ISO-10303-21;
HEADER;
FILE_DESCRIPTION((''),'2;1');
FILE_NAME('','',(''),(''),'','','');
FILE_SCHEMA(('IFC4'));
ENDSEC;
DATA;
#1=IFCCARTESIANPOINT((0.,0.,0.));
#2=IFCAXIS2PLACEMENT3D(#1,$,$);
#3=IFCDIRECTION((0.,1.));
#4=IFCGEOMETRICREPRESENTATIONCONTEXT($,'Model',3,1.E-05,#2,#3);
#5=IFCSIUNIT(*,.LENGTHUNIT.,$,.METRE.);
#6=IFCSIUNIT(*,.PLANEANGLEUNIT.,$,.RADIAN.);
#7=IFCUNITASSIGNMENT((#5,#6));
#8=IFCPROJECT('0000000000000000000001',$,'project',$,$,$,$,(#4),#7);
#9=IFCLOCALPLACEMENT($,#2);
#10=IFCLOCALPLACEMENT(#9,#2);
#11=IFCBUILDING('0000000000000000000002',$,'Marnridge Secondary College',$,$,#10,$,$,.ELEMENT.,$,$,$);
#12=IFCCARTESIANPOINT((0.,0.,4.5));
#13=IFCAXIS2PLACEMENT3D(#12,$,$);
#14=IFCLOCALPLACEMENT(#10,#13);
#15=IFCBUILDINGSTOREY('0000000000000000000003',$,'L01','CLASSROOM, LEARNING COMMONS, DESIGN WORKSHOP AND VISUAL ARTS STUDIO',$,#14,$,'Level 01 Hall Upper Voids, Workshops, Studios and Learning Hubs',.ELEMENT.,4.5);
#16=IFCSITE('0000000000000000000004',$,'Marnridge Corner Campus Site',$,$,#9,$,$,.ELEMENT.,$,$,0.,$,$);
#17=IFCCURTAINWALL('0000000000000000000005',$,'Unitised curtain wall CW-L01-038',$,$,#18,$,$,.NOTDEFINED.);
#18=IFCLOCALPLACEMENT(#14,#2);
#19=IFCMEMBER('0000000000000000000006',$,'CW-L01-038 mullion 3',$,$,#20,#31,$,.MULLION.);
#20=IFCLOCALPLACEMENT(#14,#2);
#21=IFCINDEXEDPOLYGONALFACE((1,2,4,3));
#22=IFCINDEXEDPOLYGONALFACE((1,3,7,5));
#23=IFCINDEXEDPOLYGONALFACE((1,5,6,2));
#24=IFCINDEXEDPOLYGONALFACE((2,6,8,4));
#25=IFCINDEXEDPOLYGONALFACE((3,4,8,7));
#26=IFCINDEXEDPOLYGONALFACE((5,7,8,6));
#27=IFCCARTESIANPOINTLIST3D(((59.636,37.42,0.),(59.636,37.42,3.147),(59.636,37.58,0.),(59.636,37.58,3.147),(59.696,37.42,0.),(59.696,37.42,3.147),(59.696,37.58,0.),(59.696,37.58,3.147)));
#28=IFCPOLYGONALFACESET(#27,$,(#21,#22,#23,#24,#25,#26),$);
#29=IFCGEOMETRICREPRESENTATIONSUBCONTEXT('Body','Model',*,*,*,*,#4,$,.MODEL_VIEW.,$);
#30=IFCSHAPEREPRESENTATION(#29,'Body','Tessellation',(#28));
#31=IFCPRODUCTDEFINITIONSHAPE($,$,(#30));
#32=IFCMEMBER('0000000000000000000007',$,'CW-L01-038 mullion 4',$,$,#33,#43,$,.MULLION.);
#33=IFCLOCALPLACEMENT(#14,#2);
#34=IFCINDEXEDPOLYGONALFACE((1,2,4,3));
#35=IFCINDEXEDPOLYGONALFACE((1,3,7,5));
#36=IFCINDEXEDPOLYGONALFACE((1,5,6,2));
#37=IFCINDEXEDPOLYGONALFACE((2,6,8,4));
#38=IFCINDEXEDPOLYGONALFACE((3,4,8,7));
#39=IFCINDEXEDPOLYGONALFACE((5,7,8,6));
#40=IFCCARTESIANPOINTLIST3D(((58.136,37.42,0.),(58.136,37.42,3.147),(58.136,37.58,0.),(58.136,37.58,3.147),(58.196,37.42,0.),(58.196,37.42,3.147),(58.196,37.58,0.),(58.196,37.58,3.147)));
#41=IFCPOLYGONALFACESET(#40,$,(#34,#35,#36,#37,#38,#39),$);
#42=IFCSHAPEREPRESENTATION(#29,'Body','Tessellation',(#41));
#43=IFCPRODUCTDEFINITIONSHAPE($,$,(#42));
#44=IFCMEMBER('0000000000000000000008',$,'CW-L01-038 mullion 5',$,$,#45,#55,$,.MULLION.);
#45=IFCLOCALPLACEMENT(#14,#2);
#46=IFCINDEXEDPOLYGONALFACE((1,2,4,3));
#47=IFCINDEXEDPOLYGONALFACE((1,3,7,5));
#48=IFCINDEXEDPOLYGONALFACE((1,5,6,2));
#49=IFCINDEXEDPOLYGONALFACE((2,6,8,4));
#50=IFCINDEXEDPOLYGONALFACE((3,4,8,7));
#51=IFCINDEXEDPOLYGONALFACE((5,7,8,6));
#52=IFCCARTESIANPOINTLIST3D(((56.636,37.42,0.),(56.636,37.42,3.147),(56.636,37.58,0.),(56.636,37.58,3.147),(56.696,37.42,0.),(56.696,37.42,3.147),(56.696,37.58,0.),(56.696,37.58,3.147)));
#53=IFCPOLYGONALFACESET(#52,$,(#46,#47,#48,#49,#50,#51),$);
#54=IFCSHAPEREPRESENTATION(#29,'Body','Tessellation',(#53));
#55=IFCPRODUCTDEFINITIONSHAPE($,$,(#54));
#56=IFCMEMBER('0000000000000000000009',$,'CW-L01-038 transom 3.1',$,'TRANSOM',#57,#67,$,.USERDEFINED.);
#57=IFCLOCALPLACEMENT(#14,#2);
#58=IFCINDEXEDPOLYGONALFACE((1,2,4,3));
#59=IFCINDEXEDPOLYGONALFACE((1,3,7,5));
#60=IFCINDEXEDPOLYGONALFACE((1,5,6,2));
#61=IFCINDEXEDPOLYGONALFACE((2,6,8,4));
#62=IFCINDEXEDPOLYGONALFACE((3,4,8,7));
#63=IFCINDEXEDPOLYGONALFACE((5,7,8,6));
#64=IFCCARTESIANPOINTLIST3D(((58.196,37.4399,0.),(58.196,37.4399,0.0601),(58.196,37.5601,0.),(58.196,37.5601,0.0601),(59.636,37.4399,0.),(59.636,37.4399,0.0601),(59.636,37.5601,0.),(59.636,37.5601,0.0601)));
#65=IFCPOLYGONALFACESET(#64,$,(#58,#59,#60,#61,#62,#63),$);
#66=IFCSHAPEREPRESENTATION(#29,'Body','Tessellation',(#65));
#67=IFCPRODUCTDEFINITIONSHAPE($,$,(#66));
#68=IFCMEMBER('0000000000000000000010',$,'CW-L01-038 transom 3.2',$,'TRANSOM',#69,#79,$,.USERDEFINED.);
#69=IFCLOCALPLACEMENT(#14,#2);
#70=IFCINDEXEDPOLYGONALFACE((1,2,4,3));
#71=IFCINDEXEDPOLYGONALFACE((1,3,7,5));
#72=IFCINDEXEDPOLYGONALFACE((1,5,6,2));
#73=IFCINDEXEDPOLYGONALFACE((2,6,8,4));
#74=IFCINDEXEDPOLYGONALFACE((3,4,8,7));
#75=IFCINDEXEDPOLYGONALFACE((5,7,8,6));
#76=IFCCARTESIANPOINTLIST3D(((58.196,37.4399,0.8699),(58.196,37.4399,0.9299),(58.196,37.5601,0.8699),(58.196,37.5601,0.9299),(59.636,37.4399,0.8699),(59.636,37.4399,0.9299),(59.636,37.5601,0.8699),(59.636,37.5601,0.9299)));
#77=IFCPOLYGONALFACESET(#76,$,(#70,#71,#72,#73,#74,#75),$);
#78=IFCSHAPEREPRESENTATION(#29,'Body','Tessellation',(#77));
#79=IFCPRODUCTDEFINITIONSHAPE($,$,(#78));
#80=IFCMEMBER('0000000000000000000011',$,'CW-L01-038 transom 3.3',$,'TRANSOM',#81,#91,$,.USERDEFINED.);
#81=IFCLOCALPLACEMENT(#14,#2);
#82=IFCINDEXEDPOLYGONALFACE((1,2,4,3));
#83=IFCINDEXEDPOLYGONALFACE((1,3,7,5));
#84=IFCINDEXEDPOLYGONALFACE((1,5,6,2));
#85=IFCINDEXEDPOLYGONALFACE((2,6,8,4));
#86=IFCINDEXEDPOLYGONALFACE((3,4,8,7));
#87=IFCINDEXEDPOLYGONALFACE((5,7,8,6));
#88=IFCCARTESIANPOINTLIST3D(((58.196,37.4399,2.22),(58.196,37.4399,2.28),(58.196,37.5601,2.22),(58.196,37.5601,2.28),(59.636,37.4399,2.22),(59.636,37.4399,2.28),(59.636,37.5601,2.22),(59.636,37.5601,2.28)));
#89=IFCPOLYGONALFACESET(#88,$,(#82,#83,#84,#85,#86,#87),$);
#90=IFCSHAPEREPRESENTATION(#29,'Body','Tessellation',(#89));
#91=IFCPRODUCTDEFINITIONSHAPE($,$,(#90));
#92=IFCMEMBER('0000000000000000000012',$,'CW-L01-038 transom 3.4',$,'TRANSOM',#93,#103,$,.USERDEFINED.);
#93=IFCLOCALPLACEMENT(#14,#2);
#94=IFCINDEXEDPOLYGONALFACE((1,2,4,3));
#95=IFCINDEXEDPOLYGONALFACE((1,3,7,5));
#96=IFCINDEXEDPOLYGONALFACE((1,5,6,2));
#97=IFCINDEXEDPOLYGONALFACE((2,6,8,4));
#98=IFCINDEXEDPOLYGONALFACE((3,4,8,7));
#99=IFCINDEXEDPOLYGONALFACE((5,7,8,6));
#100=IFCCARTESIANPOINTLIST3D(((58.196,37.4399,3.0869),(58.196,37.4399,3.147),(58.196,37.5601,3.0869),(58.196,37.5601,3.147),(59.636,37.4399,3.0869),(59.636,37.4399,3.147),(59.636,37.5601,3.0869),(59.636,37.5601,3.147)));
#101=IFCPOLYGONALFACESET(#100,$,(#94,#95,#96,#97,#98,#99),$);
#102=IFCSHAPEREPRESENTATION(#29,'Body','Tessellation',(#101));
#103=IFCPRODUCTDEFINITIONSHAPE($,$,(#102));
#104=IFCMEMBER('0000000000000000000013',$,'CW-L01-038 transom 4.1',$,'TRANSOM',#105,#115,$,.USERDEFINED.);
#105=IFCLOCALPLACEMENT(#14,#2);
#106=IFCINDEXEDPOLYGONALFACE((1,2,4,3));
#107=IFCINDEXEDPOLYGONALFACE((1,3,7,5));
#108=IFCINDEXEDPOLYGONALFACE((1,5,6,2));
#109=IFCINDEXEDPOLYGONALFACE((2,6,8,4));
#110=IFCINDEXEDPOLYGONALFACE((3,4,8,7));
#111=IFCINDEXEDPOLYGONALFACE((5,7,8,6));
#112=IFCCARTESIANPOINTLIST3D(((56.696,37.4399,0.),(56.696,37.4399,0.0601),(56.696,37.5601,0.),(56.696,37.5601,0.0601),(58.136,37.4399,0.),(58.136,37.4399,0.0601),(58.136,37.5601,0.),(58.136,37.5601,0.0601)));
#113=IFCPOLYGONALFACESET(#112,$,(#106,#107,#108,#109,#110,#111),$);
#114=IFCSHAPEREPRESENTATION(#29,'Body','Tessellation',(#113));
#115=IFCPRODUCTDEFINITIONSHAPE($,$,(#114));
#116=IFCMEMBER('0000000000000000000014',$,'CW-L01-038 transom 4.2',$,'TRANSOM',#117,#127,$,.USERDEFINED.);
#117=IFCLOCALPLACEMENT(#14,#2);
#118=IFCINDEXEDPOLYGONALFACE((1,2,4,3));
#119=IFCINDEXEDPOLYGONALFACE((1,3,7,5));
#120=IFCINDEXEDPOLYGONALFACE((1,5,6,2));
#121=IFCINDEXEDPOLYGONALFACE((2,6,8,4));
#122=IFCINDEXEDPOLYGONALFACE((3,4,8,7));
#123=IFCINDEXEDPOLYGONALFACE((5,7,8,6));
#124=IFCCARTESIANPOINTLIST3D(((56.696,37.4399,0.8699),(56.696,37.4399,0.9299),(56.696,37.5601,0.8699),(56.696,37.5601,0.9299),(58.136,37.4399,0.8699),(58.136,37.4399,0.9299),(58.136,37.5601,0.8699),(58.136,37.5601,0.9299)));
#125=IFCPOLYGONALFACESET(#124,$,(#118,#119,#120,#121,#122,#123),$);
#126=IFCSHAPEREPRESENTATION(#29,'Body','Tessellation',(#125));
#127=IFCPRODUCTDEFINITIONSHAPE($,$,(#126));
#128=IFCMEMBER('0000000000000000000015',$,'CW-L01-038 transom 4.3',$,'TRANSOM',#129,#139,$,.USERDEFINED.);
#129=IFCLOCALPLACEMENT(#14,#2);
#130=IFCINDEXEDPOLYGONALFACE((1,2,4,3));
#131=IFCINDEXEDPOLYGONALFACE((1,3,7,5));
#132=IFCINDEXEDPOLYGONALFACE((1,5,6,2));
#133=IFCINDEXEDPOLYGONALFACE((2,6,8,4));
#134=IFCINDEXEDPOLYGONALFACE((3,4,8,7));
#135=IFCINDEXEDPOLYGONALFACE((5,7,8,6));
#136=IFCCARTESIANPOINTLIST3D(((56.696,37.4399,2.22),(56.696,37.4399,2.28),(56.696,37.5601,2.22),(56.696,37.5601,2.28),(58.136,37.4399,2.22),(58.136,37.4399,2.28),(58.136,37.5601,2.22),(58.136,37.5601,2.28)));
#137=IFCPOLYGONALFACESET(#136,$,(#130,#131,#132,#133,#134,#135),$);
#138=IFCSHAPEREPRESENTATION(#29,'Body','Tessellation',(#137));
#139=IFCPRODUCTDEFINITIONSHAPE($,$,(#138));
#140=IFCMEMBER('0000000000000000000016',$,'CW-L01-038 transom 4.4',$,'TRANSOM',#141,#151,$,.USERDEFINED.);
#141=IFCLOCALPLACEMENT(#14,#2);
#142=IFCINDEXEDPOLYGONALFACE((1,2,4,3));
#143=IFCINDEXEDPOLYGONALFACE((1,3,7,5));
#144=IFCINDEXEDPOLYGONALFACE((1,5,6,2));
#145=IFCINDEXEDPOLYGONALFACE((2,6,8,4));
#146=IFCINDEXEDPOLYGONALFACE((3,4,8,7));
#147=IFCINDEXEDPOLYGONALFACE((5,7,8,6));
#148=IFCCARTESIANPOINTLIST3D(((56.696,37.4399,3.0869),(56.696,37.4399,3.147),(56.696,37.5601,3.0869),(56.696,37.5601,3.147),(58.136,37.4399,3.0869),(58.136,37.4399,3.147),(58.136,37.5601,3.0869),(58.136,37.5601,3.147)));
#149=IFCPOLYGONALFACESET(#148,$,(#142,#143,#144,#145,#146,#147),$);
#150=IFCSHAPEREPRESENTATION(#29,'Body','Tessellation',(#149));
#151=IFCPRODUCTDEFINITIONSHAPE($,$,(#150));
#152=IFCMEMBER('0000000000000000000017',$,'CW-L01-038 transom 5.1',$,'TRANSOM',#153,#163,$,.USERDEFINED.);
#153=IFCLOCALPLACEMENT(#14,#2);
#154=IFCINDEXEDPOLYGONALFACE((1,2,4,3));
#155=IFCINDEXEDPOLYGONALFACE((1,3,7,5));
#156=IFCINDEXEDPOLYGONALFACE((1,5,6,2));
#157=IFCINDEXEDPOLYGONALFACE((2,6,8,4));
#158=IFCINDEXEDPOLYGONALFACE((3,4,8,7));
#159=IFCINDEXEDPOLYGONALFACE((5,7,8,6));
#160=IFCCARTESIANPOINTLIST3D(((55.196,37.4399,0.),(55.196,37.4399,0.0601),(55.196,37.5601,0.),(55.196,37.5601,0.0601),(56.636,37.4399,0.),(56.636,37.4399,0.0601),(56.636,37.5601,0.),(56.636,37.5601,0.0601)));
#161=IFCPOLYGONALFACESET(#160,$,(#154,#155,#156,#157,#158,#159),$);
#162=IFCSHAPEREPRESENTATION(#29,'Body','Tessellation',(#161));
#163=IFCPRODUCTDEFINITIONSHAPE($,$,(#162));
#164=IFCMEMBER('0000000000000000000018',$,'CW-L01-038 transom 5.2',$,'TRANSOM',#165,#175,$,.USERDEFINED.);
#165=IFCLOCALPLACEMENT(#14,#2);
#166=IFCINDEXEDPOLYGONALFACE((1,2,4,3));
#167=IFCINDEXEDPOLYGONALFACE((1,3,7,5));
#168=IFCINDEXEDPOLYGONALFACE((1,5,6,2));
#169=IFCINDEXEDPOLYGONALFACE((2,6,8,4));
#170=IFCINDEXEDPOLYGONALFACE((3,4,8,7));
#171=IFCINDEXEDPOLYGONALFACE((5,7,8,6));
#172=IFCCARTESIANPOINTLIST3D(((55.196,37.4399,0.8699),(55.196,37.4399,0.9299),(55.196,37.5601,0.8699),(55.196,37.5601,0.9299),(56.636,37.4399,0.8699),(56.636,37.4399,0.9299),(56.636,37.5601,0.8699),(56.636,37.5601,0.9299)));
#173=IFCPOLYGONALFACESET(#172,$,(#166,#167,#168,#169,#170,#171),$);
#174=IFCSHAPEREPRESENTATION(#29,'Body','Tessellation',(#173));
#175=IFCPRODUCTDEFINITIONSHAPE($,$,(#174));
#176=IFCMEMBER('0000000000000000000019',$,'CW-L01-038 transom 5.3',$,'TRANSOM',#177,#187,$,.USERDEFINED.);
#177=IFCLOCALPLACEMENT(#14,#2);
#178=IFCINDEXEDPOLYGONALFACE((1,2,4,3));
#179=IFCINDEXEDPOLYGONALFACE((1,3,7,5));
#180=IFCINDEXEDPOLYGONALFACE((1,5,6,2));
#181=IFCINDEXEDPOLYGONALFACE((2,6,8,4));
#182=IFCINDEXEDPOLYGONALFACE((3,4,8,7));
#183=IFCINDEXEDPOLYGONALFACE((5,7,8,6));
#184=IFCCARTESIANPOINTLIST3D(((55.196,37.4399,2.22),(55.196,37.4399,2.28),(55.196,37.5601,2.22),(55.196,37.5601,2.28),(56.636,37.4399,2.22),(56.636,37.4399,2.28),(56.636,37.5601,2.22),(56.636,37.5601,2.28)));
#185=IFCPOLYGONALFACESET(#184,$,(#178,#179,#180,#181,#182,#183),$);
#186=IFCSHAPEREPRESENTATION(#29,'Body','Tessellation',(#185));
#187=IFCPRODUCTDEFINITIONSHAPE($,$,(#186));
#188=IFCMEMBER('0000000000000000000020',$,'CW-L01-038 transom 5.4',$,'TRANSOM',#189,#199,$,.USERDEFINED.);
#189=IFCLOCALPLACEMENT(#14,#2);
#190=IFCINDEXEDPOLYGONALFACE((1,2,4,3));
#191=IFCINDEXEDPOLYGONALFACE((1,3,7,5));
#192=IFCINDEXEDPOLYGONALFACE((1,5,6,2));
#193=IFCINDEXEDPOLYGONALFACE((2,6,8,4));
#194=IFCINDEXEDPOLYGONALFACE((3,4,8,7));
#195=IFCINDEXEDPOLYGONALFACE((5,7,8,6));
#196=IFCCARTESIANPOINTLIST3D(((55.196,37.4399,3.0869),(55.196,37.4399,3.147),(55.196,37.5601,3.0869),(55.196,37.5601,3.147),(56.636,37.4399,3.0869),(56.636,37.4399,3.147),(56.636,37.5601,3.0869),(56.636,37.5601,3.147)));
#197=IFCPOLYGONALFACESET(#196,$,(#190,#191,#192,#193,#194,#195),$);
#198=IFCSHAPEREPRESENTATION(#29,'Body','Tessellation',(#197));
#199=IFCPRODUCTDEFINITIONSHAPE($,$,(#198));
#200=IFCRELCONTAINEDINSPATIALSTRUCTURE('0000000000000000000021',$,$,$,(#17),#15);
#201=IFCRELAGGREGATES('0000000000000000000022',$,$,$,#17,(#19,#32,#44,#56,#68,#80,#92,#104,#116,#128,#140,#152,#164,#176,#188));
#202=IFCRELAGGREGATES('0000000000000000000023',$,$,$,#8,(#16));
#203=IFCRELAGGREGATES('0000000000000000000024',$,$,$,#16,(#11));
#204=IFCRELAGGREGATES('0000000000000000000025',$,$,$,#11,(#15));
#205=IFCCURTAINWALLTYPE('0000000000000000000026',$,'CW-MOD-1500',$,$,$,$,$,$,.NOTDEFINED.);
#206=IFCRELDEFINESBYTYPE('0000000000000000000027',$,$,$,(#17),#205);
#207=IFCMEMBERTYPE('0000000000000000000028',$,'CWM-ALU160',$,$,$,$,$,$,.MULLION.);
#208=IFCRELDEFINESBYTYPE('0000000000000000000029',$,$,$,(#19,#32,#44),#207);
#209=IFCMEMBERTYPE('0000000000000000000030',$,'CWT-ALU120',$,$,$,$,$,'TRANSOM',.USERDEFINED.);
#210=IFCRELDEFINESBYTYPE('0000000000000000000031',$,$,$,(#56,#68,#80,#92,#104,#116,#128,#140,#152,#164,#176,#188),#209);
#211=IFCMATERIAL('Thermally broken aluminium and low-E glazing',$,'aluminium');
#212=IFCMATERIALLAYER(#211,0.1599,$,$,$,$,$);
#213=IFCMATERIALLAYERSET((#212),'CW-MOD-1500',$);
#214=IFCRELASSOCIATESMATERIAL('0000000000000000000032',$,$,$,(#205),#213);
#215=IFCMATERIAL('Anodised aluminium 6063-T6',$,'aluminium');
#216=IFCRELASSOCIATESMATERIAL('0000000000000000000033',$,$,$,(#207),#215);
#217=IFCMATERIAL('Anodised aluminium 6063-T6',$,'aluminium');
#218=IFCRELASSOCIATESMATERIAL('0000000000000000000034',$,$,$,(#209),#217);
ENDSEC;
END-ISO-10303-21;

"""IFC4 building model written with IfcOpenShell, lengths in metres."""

from ifc_helpers import new_model, si_unit, direction, frame, origin, origin_2d, place, context, subcontext, project, spatial, rectangle, extrude, material, layer, layer_set, material_profile, profile_set, type_object, element, aggregate, save


model = new_model("IFC4")

# Units and contexts
model_context = context("Model", 3, precision=1e-05, world=origin(), true_north=direction((0.0, 1.0)))
body_context = subcontext(model_context, "Body", "Model", "MODEL_VIEW")
ifc_project = project(units=[si_unit("LENGTHUNIT", "METRE"), si_unit("PLANEANGLEUNIT", "RADIAN")], contexts=[model_context])

# Site, building, storey
site_placement = place(None, origin())
site = spatial("IfcSite", under=ifc_project, at=site_placement, Name="Marnridge Corner Campus Site", CompositionType="ELEMENT", RefElevation=0.0)
building_placement = place(site_placement, origin())
building = spatial("IfcBuilding", under=site, at=building_placement, Name="Marnridge Secondary College", CompositionType="ELEMENT")
storey_placement = place(building_placement, frame((0.0, 0.0, 4.5)))
storey = spatial("IfcBuildingStorey", under=building, at=storey_placement, Name="L01", Description="CLASSROOM, LEARNING COMMONS, DESIGN WORKSHOP AND VISUAL ARTS STUDIO", LongName="Level 01 Hall Upper Voids, Workshops, Studios and Learning Hubs", CompositionType="ELEMENT", Elevation=4.5)

# Curtain wall, members
ifc_material_1 = material(Name="Thermally broken aluminium and low-E glazing", Category="aluminium")
ifc_layer_1 = layer(ifc_material_1, 0.1599)
ifc_layer_set_1 = layer_set([ifc_layer_1], Name="CW-MOD-1500")
curtain_wall_type = type_object("IfcCurtainWallType", Name="CW-MOD-1500", PredefinedType="NOTDEFINED", material=ifc_layer_set_1)
curtain_wall_placement = place(storey_placement, origin())
curtain_wall = element("IfcCurtainWall", 1, at=curtain_wall_placement, inside=storey, type_object=curtain_wall_type, Name="Unitised curtain wall CW-L01-038", PredefinedType="NOTDEFINED")
ifc_material_2 = material(Name="Anodised aluminium 6063-T6", Category="aluminium")
ifc_material_profile_1 = material_profile(ifc_material_2, rectangle(XDim=0.0601, YDim=0.1599, at=origin_2d()), Name="ALU 60x160")
ifc_profile_set_1 = profile_set([ifc_material_profile_1], Name="Anodised aluminium 6063-T6")
member_type_1 = type_object("IfcMemberType", Name="CWM-ALU160", PredefinedType="MULLION", material=ifc_profile_set_1)
member_1_placement = place(storey_placement, frame((59.666, 37.5, 0.0), z_axis=(0.0, 0.0, 1.0), x_axis=(-1.0, 0.0, 0.0)))
member_1 = element("IfcMember", 2, at=member_1_placement, type_object=member_type_1, Name="CW-L01-038 mullion 3", PredefinedType="MULLION", context=body_context, shape_type="SweptSolid", body=[
    extrude(rectangle(XDim=0.0601, YDim=0.1599, at=origin_2d()), origin(), (0.0, 0.0, 1.0), 3.147),
])
member_2_placement = place(storey_placement, frame((58.166, 37.5, 0.0), z_axis=(0.0, 0.0, 1.0), x_axis=(-1.0, 0.0, 0.0)))
member_2 = element("IfcMember", 3, at=member_2_placement, type_object=member_type_1, Name="CW-L01-038 mullion 4", PredefinedType="MULLION", context=body_context, shape_type="SweptSolid", body=[
    extrude(rectangle(XDim=0.0601, YDim=0.1599, at=origin_2d()), origin(), (0.0, 0.0, 1.0), 3.147),
])
member_3_placement = place(storey_placement, frame((56.666, 37.5, 0.0), z_axis=(0.0, 0.0, 1.0), x_axis=(-1.0, 0.0, 0.0)))
member_3 = element("IfcMember", 4, at=member_3_placement, type_object=member_type_1, Name="CW-L01-038 mullion 5", PredefinedType="MULLION", context=body_context, shape_type="SweptSolid", body=[
    extrude(rectangle(XDim=0.0601, YDim=0.1599, at=origin_2d()), origin(), (0.0, 0.0, 1.0), 3.147),
])
ifc_material_3 = material(Name="Anodised aluminium 6063-T6", Category="aluminium")
ifc_material_profile_2 = material_profile(ifc_material_3, rectangle(XDim=0.0601, YDim=0.1201, at=origin_2d()), Name="ALU 60x120")
ifc_profile_set_2 = profile_set([ifc_material_profile_2], Name="Anodised aluminium 6063-T6")
member_type_2 = type_object("IfcMemberType", Name="CWT-ALU120", ElementType="TRANSOM", PredefinedType="USERDEFINED", material=ifc_profile_set_2)
member_4_placement = place(storey_placement, frame((59.636, 37.5, 0.03), z_axis=(-1.0, 0.0, 0.0), x_axis=(0.0, 0.0, 1.0)))
member_4 = element("IfcMember", 5, at=member_4_placement, type_object=member_type_2, Name="CW-L01-038 transom 3.1", ObjectType="TRANSOM", PredefinedType="USERDEFINED", context=body_context, shape_type="SweptSolid", body=[
    extrude(rectangle(XDim=0.0601, YDim=0.1201, at=origin_2d()), origin(), (0.0, 0.0, 1.0), 1.4399),
])
member_5_placement = place(storey_placement, frame((59.636, 37.5, 0.8999), z_axis=(-1.0, 0.0, 0.0), x_axis=(0.0, 0.0, 1.0)))
member_5 = element("IfcMember", 6, at=member_5_placement, type_object=member_type_2, Name="CW-L01-038 transom 3.2", ObjectType="TRANSOM", PredefinedType="USERDEFINED", context=body_context, shape_type="SweptSolid", body=[
    extrude(rectangle(XDim=0.0601, YDim=0.1201, at=origin_2d()), origin(), (0.0, 0.0, 1.0), 1.4399),
])
member_6_placement = place(storey_placement, frame((59.636, 37.5, 2.25), z_axis=(-1.0, 0.0, 0.0), x_axis=(0.0, 0.0, 1.0)))
member_6 = element("IfcMember", 7, at=member_6_placement, type_object=member_type_2, Name="CW-L01-038 transom 3.3", ObjectType="TRANSOM", PredefinedType="USERDEFINED", context=body_context, shape_type="SweptSolid", body=[
    extrude(rectangle(XDim=0.0601, YDim=0.1201, at=origin_2d()), origin(), (0.0, 0.0, 1.0), 1.4399),
])
member_7_placement = place(storey_placement, frame((59.636, 37.5, 3.1169), z_axis=(-1.0, 0.0, 0.0), x_axis=(0.0, 0.0, 1.0)))
member_7 = element("IfcMember", 8, at=member_7_placement, type_object=member_type_2, Name="CW-L01-038 transom 3.4", ObjectType="TRANSOM", PredefinedType="USERDEFINED", context=body_context, shape_type="SweptSolid", body=[
    extrude(rectangle(XDim=0.0601, YDim=0.1201, at=origin_2d()), origin(), (0.0, 0.0, 1.0), 1.4399),
])
member_8_placement = place(storey_placement, frame((58.136, 37.5, 0.03), z_axis=(-1.0, 0.0, 0.0), x_axis=(0.0, 0.0, 1.0)))
member_8 = element("IfcMember", 9, at=member_8_placement, type_object=member_type_2, Name="CW-L01-038 transom 4.1", ObjectType="TRANSOM", PredefinedType="USERDEFINED", context=body_context, shape_type="SweptSolid", body=[
    extrude(rectangle(XDim=0.0601, YDim=0.1201, at=origin_2d()), origin(), (0.0, 0.0, 1.0), 1.4399),
])
member_9_placement = place(storey_placement, frame((58.136, 37.5, 0.8999), z_axis=(-1.0, 0.0, 0.0), x_axis=(0.0, 0.0, 1.0)))
member_9 = element("IfcMember", 10, at=member_9_placement, type_object=member_type_2, Name="CW-L01-038 transom 4.2", ObjectType="TRANSOM", PredefinedType="USERDEFINED", context=body_context, shape_type="SweptSolid", body=[
    extrude(rectangle(XDim=0.0601, YDim=0.1201, at=origin_2d()), origin(), (0.0, 0.0, 1.0), 1.4399),
])
member_10_placement = place(storey_placement, frame((58.136, 37.5, 2.25), z_axis=(-1.0, 0.0, 0.0), x_axis=(0.0, 0.0, 1.0)))
member_10 = element("IfcMember", 11, at=member_10_placement, type_object=member_type_2, Name="CW-L01-038 transom 4.3", ObjectType="TRANSOM", PredefinedType="USERDEFINED", context=body_context, shape_type="SweptSolid", body=[
    extrude(rectangle(XDim=0.0601, YDim=0.1201, at=origin_2d()), origin(), (0.0, 0.0, 1.0), 1.4399),
])
member_11_placement = place(storey_placement, frame((58.136, 37.5, 3.1169), z_axis=(-1.0, 0.0, 0.0), x_axis=(0.0, 0.0, 1.0)))
member_11 = element("IfcMember", 12, at=member_11_placement, type_object=member_type_2, Name="CW-L01-038 transom 4.4", ObjectType="TRANSOM", PredefinedType="USERDEFINED", context=body_context, shape_type="SweptSolid", body=[
    extrude(rectangle(XDim=0.0601, YDim=0.1201, at=origin_2d()), origin(), (0.0, 0.0, 1.0), 1.4399),
])
member_12_placement = place(storey_placement, frame((56.636, 37.5, 0.03), z_axis=(-1.0, 0.0, 0.0), x_axis=(0.0, 0.0, 1.0)))
member_12 = element("IfcMember", 13, at=member_12_placement, type_object=member_type_2, Name="CW-L01-038 transom 5.1", ObjectType="TRANSOM", PredefinedType="USERDEFINED", context=body_context, shape_type="SweptSolid", body=[
    extrude(rectangle(XDim=0.0601, YDim=0.1201, at=origin_2d()), origin(), (0.0, 0.0, 1.0), 1.4399),
])
member_13_placement = place(storey_placement, frame((56.636, 37.5, 0.8999), z_axis=(-1.0, 0.0, 0.0), x_axis=(0.0, 0.0, 1.0)))
member_13 = element("IfcMember", 14, at=member_13_placement, type_object=member_type_2, Name="CW-L01-038 transom 5.2", ObjectType="TRANSOM", PredefinedType="USERDEFINED", context=body_context, shape_type="SweptSolid", body=[
    extrude(rectangle(XDim=0.0601, YDim=0.1201, at=origin_2d()), origin(), (0.0, 0.0, 1.0), 1.4399),
])
member_14_placement = place(storey_placement, frame((56.636, 37.5, 2.25), z_axis=(-1.0, 0.0, 0.0), x_axis=(0.0, 0.0, 1.0)))
member_14 = element("IfcMember", 15, at=member_14_placement, type_object=member_type_2, Name="CW-L01-038 transom 5.3", ObjectType="TRANSOM", PredefinedType="USERDEFINED", context=body_context, shape_type="SweptSolid", body=[
    extrude(rectangle(XDim=0.0601, YDim=0.1201, at=origin_2d()), origin(), (0.0, 0.0, 1.0), 1.4399),
])
member_15_placement = place(storey_placement, frame((56.636, 37.5, 3.1169), z_axis=(-1.0, 0.0, 0.0), x_axis=(0.0, 0.0, 1.0)))
member_15 = element("IfcMember", 16, at=member_15_placement, type_object=member_type_2, Name="CW-L01-038 transom 5.4", ObjectType="TRANSOM", PredefinedType="USERDEFINED", context=body_context, shape_type="SweptSolid", body=[
    extrude(rectangle(XDim=0.0601, YDim=0.1201, at=origin_2d()), origin(), (0.0, 0.0, 1.0), 1.4399),
])
aggregate(curtain_wall, [member_1, member_2, member_3, member_4, member_5, member_6, member_7, member_8, member_9, member_10, member_11, member_12, member_13, member_14, member_15])

save(model, "model.ifc")
